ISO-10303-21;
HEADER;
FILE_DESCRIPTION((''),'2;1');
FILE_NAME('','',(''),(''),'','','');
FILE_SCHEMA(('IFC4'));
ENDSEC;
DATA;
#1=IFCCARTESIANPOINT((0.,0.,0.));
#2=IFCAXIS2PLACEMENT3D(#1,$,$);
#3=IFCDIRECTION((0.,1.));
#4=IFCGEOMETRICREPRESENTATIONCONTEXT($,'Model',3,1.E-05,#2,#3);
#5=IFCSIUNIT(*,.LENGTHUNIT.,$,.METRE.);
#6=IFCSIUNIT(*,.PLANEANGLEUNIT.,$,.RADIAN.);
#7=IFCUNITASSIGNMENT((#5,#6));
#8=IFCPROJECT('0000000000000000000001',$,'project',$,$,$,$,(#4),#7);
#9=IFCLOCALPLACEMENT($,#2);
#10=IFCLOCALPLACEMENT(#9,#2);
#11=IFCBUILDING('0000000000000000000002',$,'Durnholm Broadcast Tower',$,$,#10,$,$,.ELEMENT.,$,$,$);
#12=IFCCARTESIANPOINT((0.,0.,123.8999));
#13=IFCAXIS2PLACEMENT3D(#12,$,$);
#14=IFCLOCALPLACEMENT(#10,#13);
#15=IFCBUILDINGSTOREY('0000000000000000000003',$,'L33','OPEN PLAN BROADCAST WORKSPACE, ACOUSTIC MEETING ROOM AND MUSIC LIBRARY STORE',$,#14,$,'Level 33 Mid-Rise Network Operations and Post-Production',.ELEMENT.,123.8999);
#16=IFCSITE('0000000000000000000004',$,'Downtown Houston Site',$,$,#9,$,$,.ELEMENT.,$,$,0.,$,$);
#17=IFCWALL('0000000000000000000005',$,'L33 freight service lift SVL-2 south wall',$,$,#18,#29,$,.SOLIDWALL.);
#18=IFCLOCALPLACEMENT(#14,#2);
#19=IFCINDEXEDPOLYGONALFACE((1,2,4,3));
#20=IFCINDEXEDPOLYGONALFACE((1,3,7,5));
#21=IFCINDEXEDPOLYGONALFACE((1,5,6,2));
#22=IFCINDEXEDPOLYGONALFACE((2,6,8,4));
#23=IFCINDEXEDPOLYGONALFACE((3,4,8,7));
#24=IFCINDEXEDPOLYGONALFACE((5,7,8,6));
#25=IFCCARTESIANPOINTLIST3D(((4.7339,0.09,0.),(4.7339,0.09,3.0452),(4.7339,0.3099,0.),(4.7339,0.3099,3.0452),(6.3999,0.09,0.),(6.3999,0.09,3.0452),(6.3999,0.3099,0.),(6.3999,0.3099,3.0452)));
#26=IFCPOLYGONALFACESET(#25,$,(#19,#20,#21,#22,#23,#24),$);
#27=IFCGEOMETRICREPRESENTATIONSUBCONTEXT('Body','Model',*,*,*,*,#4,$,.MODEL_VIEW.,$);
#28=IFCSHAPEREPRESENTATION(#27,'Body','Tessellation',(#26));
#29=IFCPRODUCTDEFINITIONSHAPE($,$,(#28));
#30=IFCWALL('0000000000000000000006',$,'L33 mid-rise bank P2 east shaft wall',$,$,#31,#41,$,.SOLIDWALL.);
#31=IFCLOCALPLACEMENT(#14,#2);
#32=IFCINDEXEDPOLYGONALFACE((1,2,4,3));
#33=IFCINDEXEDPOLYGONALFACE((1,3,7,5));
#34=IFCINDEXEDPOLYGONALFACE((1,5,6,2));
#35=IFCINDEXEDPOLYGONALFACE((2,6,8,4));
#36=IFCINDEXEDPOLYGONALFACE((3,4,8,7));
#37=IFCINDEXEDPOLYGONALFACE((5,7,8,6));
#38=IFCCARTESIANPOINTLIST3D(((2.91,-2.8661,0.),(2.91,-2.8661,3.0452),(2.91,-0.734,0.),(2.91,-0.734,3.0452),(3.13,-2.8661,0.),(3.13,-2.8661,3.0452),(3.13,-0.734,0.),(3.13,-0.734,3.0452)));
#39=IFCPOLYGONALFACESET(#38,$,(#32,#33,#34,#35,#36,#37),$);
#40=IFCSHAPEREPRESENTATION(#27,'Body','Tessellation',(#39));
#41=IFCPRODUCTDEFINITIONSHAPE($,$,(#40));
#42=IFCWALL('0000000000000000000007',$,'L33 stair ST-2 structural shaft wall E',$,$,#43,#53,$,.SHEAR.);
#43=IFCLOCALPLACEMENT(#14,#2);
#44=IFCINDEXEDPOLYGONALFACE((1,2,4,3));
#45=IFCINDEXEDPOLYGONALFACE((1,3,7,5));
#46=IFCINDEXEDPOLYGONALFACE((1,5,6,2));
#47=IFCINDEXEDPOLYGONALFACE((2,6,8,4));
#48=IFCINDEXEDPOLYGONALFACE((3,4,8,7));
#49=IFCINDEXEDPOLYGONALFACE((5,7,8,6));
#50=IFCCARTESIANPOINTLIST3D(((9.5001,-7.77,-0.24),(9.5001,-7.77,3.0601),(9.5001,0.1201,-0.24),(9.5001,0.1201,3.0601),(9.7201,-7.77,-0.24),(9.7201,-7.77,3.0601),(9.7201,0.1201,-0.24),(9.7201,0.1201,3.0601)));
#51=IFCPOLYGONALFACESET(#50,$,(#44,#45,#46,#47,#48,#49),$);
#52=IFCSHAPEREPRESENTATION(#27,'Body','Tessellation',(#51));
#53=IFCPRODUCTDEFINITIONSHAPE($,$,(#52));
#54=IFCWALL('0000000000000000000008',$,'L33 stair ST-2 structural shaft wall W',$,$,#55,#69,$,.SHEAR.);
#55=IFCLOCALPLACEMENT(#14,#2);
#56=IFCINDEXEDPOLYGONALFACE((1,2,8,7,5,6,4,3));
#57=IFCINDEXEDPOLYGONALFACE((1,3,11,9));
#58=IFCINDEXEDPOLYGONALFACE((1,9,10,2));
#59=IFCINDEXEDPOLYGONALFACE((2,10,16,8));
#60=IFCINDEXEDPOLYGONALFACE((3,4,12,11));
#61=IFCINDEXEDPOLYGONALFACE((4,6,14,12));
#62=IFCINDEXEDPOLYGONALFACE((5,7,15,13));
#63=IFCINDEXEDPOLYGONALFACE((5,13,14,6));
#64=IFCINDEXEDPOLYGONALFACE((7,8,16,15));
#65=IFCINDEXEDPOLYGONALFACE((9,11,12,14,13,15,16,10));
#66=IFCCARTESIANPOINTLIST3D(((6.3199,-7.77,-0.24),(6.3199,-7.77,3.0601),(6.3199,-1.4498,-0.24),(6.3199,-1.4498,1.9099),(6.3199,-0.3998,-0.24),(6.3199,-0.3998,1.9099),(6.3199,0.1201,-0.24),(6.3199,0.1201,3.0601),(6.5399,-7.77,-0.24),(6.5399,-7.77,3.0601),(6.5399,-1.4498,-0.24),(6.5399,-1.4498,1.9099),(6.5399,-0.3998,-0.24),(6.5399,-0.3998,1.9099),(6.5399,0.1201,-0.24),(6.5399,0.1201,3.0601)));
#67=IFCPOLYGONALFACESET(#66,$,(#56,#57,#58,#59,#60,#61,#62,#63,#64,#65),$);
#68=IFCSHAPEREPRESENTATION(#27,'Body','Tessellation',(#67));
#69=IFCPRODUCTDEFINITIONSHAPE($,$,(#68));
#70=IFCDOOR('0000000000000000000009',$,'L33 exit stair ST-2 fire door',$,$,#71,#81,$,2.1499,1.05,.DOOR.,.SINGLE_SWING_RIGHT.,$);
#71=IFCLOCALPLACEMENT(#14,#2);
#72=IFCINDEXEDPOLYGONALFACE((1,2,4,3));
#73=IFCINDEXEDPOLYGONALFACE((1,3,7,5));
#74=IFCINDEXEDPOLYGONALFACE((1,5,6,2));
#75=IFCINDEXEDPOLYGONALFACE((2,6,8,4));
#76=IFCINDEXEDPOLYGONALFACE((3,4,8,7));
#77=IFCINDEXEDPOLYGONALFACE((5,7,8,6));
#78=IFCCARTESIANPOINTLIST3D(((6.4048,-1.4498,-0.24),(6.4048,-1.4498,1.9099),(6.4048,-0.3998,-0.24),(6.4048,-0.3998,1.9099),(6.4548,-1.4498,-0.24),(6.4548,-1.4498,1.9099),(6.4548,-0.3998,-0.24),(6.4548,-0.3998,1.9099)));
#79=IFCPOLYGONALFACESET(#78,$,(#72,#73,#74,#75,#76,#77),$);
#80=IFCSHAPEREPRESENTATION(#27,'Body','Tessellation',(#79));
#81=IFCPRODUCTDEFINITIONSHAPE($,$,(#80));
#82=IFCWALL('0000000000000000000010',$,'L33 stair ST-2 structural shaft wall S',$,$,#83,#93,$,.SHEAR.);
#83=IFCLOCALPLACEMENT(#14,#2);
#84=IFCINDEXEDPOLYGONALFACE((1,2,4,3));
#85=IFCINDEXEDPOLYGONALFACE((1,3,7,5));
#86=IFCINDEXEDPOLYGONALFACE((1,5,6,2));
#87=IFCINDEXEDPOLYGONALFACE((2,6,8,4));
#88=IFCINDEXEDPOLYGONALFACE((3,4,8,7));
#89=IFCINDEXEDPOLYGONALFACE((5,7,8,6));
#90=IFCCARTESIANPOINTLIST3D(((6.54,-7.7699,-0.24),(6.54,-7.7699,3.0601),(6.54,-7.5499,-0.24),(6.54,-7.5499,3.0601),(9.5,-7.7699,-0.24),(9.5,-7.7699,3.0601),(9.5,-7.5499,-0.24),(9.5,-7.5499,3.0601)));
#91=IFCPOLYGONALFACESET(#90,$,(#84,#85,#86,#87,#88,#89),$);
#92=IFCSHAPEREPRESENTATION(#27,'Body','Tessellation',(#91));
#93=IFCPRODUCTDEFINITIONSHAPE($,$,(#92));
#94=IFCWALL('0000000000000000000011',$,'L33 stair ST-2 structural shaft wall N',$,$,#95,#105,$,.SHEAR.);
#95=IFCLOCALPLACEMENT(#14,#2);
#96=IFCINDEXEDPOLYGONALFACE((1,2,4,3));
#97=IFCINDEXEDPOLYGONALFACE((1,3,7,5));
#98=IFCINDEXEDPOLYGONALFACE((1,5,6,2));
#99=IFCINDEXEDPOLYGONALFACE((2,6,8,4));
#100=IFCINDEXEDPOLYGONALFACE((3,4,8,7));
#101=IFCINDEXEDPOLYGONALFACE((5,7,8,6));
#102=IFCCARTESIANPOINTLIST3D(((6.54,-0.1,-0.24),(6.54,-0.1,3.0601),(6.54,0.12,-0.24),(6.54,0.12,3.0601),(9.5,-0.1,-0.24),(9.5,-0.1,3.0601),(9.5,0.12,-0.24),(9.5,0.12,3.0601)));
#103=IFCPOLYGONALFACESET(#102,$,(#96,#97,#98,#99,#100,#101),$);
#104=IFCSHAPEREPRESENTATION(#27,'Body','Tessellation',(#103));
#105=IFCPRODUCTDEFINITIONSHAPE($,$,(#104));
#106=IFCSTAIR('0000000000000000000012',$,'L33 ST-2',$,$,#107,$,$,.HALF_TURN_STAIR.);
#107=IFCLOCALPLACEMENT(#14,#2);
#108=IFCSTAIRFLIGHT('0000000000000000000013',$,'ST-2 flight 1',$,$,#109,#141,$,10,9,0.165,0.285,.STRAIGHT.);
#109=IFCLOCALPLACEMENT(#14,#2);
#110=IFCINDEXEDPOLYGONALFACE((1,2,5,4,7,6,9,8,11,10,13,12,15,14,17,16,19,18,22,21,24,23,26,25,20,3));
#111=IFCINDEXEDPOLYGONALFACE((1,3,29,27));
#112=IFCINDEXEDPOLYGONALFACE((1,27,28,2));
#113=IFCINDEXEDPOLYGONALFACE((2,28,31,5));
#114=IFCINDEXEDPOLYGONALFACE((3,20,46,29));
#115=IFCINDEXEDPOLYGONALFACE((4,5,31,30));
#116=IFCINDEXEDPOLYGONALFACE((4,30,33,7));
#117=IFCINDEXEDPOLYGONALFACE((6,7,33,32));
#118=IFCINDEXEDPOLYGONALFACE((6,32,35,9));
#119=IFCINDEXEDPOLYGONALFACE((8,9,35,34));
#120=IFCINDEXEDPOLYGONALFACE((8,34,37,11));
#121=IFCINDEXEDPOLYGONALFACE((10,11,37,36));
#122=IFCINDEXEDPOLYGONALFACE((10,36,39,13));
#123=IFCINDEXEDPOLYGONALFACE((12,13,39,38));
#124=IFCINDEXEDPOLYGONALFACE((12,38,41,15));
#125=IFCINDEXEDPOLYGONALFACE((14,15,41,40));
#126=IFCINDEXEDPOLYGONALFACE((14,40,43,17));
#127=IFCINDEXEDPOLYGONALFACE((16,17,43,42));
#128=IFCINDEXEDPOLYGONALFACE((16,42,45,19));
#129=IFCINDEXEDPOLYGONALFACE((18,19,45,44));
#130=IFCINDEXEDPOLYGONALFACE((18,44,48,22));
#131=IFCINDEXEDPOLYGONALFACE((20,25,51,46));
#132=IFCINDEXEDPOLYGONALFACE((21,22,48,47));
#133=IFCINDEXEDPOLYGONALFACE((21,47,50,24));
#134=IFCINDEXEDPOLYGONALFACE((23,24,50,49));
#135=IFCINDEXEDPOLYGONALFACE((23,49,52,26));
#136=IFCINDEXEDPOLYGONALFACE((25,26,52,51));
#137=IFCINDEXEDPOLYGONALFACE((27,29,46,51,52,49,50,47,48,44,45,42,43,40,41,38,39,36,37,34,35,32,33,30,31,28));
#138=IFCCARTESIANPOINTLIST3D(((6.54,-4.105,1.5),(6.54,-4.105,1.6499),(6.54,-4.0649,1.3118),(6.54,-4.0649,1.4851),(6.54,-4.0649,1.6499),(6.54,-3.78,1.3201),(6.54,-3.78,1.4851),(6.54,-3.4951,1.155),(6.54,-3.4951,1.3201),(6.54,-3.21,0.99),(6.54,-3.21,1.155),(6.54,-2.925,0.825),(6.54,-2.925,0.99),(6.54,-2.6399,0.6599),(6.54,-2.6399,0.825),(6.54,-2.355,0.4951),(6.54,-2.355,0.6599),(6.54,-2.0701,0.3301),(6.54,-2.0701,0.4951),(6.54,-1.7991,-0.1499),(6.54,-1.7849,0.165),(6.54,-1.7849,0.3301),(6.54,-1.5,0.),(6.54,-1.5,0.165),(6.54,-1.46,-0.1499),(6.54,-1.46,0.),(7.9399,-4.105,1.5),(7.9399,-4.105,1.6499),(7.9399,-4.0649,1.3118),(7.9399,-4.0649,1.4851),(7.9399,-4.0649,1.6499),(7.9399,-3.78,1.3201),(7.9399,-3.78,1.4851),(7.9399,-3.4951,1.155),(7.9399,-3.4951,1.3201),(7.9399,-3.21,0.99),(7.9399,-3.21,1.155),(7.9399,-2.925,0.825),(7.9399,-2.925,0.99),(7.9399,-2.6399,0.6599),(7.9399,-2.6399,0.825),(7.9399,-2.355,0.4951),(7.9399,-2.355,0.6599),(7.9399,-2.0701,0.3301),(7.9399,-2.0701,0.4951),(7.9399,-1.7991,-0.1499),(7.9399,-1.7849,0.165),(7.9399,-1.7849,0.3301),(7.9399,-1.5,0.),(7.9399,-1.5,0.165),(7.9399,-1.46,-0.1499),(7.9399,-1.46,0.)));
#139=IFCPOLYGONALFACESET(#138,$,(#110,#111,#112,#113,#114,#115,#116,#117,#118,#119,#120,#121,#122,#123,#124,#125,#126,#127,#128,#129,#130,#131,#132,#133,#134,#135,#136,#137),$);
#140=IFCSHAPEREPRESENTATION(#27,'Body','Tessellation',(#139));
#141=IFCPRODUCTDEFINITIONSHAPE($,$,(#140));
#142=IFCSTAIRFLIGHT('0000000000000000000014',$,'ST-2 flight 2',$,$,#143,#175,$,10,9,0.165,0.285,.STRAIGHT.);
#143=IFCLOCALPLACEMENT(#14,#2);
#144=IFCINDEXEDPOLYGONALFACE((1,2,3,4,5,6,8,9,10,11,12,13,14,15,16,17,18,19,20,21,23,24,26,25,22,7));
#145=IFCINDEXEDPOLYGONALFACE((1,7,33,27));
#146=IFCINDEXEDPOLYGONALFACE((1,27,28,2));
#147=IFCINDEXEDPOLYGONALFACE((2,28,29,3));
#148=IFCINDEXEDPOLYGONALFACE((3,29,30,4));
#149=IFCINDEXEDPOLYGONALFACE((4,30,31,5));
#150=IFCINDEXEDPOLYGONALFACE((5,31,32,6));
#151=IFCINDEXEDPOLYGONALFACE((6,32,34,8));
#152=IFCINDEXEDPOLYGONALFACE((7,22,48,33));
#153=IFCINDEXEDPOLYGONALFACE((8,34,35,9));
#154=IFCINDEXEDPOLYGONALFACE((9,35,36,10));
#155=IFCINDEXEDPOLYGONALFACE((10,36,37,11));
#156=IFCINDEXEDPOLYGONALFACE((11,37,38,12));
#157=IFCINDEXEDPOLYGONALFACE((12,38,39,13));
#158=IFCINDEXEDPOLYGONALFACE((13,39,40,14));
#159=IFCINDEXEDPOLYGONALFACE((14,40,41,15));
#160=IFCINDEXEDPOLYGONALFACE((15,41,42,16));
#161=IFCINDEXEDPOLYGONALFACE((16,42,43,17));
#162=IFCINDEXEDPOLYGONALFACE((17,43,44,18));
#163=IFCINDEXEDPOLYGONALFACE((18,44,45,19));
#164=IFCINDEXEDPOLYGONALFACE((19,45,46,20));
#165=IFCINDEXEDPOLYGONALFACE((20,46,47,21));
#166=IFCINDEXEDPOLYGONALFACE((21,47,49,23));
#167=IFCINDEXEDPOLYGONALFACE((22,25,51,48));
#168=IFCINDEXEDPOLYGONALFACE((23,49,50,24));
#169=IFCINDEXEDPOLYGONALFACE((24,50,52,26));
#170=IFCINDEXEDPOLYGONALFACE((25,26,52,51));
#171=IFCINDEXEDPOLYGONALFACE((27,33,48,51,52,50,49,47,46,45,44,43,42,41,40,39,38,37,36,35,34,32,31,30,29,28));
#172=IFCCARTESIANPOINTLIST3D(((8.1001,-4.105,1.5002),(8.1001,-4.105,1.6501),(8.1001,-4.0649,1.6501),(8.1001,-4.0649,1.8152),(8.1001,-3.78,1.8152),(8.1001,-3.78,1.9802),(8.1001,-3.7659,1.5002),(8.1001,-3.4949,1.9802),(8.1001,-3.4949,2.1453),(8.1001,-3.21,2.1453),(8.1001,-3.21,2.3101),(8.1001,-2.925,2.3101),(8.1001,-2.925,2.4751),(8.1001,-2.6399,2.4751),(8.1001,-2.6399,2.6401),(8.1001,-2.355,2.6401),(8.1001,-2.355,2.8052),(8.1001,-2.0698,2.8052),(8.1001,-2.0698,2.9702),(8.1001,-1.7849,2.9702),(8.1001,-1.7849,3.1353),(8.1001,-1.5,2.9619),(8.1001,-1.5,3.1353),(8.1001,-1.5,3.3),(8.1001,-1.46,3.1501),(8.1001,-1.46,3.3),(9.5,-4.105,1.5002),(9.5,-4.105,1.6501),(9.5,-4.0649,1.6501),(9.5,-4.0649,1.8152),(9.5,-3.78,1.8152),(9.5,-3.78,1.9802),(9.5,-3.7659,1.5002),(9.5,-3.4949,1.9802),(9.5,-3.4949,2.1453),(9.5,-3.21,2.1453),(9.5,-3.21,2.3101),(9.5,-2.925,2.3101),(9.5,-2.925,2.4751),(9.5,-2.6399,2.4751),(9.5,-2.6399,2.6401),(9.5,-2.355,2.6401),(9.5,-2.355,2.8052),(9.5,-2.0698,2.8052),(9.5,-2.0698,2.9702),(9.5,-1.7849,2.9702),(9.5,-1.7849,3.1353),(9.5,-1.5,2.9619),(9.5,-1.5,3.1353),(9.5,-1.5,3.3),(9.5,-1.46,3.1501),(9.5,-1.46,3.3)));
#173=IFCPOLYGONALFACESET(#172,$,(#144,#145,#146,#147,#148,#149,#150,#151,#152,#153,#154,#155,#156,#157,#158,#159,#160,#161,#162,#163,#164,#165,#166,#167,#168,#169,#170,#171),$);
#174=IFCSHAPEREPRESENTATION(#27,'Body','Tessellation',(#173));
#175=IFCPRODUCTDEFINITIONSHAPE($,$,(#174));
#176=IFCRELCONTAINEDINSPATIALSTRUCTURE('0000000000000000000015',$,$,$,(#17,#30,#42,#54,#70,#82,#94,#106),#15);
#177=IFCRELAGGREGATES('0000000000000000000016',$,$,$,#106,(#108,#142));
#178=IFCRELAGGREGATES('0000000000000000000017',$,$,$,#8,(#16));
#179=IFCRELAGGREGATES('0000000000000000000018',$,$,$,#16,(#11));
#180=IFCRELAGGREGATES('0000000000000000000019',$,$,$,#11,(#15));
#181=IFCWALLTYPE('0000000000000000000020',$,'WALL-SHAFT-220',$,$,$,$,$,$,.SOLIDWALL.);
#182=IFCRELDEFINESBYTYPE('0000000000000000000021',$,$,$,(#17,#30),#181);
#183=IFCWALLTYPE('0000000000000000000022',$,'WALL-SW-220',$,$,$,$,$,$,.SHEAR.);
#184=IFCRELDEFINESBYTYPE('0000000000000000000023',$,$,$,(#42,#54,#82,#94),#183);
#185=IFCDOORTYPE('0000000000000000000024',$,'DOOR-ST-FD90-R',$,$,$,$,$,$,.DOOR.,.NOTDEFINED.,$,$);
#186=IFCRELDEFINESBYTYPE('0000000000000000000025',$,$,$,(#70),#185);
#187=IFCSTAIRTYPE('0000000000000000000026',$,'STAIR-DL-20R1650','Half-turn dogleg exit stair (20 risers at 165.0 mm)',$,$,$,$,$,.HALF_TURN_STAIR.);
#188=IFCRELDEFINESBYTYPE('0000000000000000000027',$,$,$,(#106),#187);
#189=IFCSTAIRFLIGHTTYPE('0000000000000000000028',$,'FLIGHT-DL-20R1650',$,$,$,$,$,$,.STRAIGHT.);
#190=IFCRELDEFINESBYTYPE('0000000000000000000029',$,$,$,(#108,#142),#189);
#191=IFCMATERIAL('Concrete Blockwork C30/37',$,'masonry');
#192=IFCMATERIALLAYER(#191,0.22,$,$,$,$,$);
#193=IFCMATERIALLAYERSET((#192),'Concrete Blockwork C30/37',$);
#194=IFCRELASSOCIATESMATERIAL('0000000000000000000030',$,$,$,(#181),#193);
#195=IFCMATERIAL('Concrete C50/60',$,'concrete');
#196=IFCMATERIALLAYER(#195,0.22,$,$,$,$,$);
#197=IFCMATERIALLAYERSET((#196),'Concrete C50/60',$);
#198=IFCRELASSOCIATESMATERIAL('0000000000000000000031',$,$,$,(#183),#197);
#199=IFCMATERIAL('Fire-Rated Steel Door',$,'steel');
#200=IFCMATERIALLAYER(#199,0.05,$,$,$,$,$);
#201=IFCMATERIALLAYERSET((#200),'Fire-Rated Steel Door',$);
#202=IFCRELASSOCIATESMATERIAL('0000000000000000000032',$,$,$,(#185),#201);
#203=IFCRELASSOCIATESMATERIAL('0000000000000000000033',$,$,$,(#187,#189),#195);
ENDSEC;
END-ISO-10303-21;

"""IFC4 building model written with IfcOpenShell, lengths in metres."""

from ifc_helpers import new_model, si_unit, direction, frame, frame_2d, origin, place, context, subcontext, project, spatial, polyline, rectangle, outline, extrude, source, transform, mapped, material, layer, layer_set, type_object, type_shapes, element, fill, aggregate, save


model = new_model("IFC4")

# Units and contexts
model_context = context("Model", 3, precision=1e-05, world=origin(), true_north=direction((0.0, 1.0)))
body_context = subcontext(model_context, "Body", "Model", "MODEL_VIEW")
ifc_project = project(units=[si_unit("LENGTHUNIT", "METRE"), si_unit("PLANEANGLEUNIT", "RADIAN")], contexts=[model_context])

# Site, building, storey
site_placement = place(None, origin())
site = spatial("IfcSite", under=ifc_project, at=site_placement, Name="Downtown Houston Site", CompositionType="ELEMENT", RefElevation=0.0)
building_placement = place(site_placement, origin())
building = spatial("IfcBuilding", under=site, at=building_placement, Name="Durnholm Broadcast Tower", CompositionType="ELEMENT")
storey_placement = place(building_placement, frame((0.0, 0.0, 123.8999)))
storey = spatial("IfcBuildingStorey", under=building, at=storey_placement, Name="L33", Description="OPEN PLAN BROADCAST WORKSPACE, ACOUSTIC MEETING ROOM AND MUSIC LIBRARY STORE", LongName="Level 33 Mid-Rise Network Operations and Post-Production", CompositionType="ELEMENT", Elevation=123.8999)

# Walls
ifc_material_1 = material(Name="Concrete Blockwork C30/37", Category="masonry")
ifc_layer_1 = layer(ifc_material_1, 0.22)
ifc_layer_set_1 = layer_set([ifc_layer_1], Name="Concrete Blockwork C30/37")
wall_type_1 = type_object("IfcWallType", Name="WALL-SHAFT-220", PredefinedType="SOLIDWALL", material=ifc_layer_set_1)
wall_1_placement = place(storey_placement, frame((4.7339, 0.2, 0.0), z_axis=(0.0, 0.0, 1.0), x_axis=(1.0, 0.0, 0.0)))
element("IfcWall", 1, at=wall_1_placement, inside=storey, type_object=wall_type_1, Name="L33 freight service lift SVL-2 south wall", PredefinedType="SOLIDWALL", context=body_context, shape_type="SweptSolid", body=[
    extrude(rectangle(XDim=1.666, YDim=0.22, at=frame_2d((0.833, 0.0))), origin(), (0.0, 0.0, 1.0), 3.0452),
])
wall_2_placement = place(storey_placement, frame((3.02, -2.866, 0.0), z_axis=(0.0, 0.0, 1.0), x_axis=(0.0, 1.0, 0.0)))
element("IfcWall", 2, at=wall_2_placement, inside=storey, type_object=wall_type_1, Name="L33 mid-rise bank P2 east shaft wall", PredefinedType="SOLIDWALL", context=body_context, shape_type="SweptSolid", body=[
    extrude(rectangle(XDim=2.1321, YDim=0.22, at=frame_2d((1.0659, 0.0))), origin(), (0.0, 0.0, 1.0), 3.0452),
])
ifc_material_2 = material(Name="Concrete C50/60", Category="concrete")
ifc_layer_2 = layer(ifc_material_2, 0.22)
ifc_layer_set_2 = layer_set([ifc_layer_2], Name="Concrete C50/60")
wall_type_2 = type_object("IfcWallType", Name="WALL-SW-220", PredefinedType="SHEAR", material=ifc_layer_set_2)
wall_3_placement = place(storey_placement, frame((9.6101, -7.77, -0.24), z_axis=(0.0, 0.0, 1.0), x_axis=(0.0, 1.0, 0.0)))
element("IfcWall", 3, at=wall_3_placement, inside=storey, type_object=wall_type_2, Name="L33 stair ST-2 structural shaft wall E", PredefinedType="SHEAR", context=body_context, shape_type="SweptSolid", body=[
    extrude(rectangle(XDim=7.8901, YDim=0.22, at=frame_2d((3.9451, 0.0))), origin(), (0.0, 0.0, 1.0), 3.3),
])

# Wall, opening, door
wall_4_placement = place(storey_placement, frame((6.4299, 0.1201, -0.24), z_axis=(0.0, 0.0, 1.0), x_axis=(0.0, -1.0, 0.0)))
wall_4 = element("IfcWall", 4, at=wall_4_placement, inside=storey, type_object=wall_type_2, Name="L33 stair ST-2 structural shaft wall W", PredefinedType="SHEAR", context=body_context, shape_type="SweptSolid", body=[
    extrude(rectangle(XDim=7.8901, YDim=0.22, at=frame_2d((3.9451, 0.0))), origin(), (0.0, 0.0, 1.0), 3.3),
])
opening_1_placement = place(wall_4_placement, frame((0.52, 0.0, 0.0)))
opening_1 = element("IfcOpeningElement", 5, at=opening_1_placement, cuts=wall_4, PredefinedType="OPENING", context=body_context, shape_type="SweptSolid", body=[
    extrude(rectangle(XDim=1.05, YDim=2.1499, at=frame_2d((0.5249, 1.075))), frame((0.0, 0.1201, 0.0), z_axis=(0.0, -1.0, 0.0), x_axis=(1.0, 0.0, 0.0)), (0.0, 0.0, 1.0), 0.24),
])
ifc_material_3 = material(Name="Fire-Rated Steel Door", Category="steel")
ifc_layer_3 = layer(ifc_material_3, 0.05)
ifc_layer_set_3 = layer_set([ifc_layer_3], Name="Fire-Rated Steel Door")
door_type_1 = type_object("IfcDoorType", Name="DOOR-ST-FD90-R", OperationType="NOTDEFINED", PredefinedType="DOOR", material=ifc_layer_set_3)
shared_shape_1 = source(origin(), body_context, "Body", "SweptSolid", [
    extrude(rectangle(XDim=1.05, YDim=2.1499, at=frame_2d((0.5249, 1.075))), frame((0.0, 0.0249, 0.0), z_axis=(0.0, -1.0, 0.0), x_axis=(1.0, 0.0, 0.0)), (0.0, 0.0, 1.0), 0.05),
])
type_shapes(door_type_1, [shared_shape_1])
door_1_placement = place(opening_1_placement, origin())
door_1 = element("IfcDoor", 6, at=door_1_placement, inside=storey, type_object=door_type_1, Name="L33 exit stair ST-2 fire door", OperationType="SINGLE_SWING_RIGHT", OverallHeight=2.1499, OverallWidth=1.05, PredefinedType="DOOR", context=body_context, shape_type="MappedRepresentation", body=[
    mapped(shared_shape_1, transform((0.0, 0.0, 0.0), x_axis=(1.0, 0.0, 0.0), y_axis=(0.0, 1.0, 0.0), z_axis=(0.0, 0.0, 1.0), scale=1.0)),
])
fill(opening_1, door_1)

# Walls
for number, where, z_axis, x_axis, name in (
    (7, (6.54, -7.6599, -0.24), (0.0, 0.0, 1.0), (1.0, 0.0, 0.0), "L33 stair ST-2 structural shaft wall S"),
    (8, (9.5, 0.01, -0.24), (0.0, 0.0, 1.0), (-1.0, 0.0, 0.0), "L33 stair ST-2 structural shaft wall N"),
):
    element("IfcWall", number, at=place(storey_placement, frame(where, z_axis=z_axis, x_axis=x_axis)), inside=storey, type_object=wall_type_2, Name=name, PredefinedType="SHEAR", context=body_context, shape_type="SweptSolid", body=[
        extrude(rectangle(XDim=2.96, YDim=0.22, at=frame_2d((1.48, 0.0))), origin(), (0.0, 0.0, 1.0), 3.3),
    ])

# Stair, stair flights
stair_type = type_object("IfcStairType", Name="STAIR-DL-20R1650", Description="Half-turn dogleg exit stair (20 risers at 165.0 mm)", PredefinedType="HALF_TURN_STAIR", material=ifc_material_2)
stair_placement = place(storey_placement, origin())
stair = element("IfcStair", 9, at=stair_placement, inside=storey, type_object=stair_type, Name="L33 ST-2", PredefinedType="HALF_TURN_STAIR")
stair_flight_type = type_object("IfcStairFlightType", Name="FLIGHT-DL-20R1650", PredefinedType="STRAIGHT", material=ifc_material_2)
stair_flight_1_placement = place(storey_placement, frame((7.24, -1.5, 0.0), z_axis=(0.0, 0.0, 1.0), x_axis=(0.0, -1.0, 0.0)))
stair_flight_1 = element("IfcStairFlight", 10, at=stair_flight_1_placement, type_object=stair_flight_type, Name="ST-2 flight 1", NumberOfRisers=10, NumberOfTreads=9, PredefinedType="STRAIGHT", RiserHeight=0.165, TreadLength=0.285, context=body_context, shape_type="SweptSolid", body=[
    extrude(outline(polyline([(-0.04, -0.1499), (-0.04, 0.0), (0.0, 0.0), (0.0, 0.165), (0.2849, 0.165), (0.2849, 0.3301), (0.5701, 0.3301), (0.5701, 0.4951), (0.855, 0.4951), (0.855, 0.6599), (1.1399, 0.6599), (1.1399, 0.825), (1.425, 0.825), (1.425, 0.99), (1.71, 0.99), (1.71, 1.155), (1.9951, 1.155), (1.9951, 1.3201), (2.28, 1.3201), (2.28, 1.4851), (2.5649, 1.4851), (2.5649, 1.6499), (2.605, 1.6499), (2.605, 1.5), (2.5649, 1.3118), (0.2991, -0.1499), (-0.04, -0.1499)])), frame((0.0, 0.7, 0.0), z_axis=(0.0, -1.0, 0.0), x_axis=(1.0, 0.0, 0.0)), (0.0, 0.0, 1.0), 1.3999),
])
stair_flight_2_placement = place(storey_placement, frame((8.8, -4.0649, 1.6501), z_axis=(0.0, 0.0, 1.0), x_axis=(0.0, 1.0, 0.0)))
stair_flight_2 = element("IfcStairFlight", 11, at=stair_flight_2_placement, type_object=stair_flight_type, Name="ST-2 flight 2", NumberOfRisers=10, NumberOfTreads=9, PredefinedType="STRAIGHT", RiserHeight=0.165, TreadLength=0.285, context=body_context, shape_type="SweptSolid", body=[
    extrude(outline(polyline([(-0.04, -0.1499), (-0.04, 0.0), (0.0, 0.0), (0.0, 0.165), (0.2849, 0.165), (0.2849, 0.3301), (0.5701, 0.3301), (0.5701, 0.4951), (0.855, 0.4951), (0.855, 0.6599), (1.1399, 0.6599), (1.1399, 0.825), (1.425, 0.825), (1.425, 0.99), (1.71, 0.99), (1.71, 1.155), (1.9951, 1.155), (1.9951, 1.3201), (2.28, 1.3201), (2.28, 1.4851), (2.5649, 1.4851), (2.5649, 1.6499), (2.605, 1.6499), (2.605, 1.5), (2.5649, 1.3118), (0.2991, -0.1499), (-0.04, -0.1499)])), frame((0.0, 0.7, 0.0), z_axis=(0.0, -1.0, 0.0), x_axis=(1.0, 0.0, 0.0)), (0.0, 0.0, 1.0), 1.3999),
])
aggregate(stair, [stair_flight_1, stair_flight_2])

save(model, "model.ifc")
